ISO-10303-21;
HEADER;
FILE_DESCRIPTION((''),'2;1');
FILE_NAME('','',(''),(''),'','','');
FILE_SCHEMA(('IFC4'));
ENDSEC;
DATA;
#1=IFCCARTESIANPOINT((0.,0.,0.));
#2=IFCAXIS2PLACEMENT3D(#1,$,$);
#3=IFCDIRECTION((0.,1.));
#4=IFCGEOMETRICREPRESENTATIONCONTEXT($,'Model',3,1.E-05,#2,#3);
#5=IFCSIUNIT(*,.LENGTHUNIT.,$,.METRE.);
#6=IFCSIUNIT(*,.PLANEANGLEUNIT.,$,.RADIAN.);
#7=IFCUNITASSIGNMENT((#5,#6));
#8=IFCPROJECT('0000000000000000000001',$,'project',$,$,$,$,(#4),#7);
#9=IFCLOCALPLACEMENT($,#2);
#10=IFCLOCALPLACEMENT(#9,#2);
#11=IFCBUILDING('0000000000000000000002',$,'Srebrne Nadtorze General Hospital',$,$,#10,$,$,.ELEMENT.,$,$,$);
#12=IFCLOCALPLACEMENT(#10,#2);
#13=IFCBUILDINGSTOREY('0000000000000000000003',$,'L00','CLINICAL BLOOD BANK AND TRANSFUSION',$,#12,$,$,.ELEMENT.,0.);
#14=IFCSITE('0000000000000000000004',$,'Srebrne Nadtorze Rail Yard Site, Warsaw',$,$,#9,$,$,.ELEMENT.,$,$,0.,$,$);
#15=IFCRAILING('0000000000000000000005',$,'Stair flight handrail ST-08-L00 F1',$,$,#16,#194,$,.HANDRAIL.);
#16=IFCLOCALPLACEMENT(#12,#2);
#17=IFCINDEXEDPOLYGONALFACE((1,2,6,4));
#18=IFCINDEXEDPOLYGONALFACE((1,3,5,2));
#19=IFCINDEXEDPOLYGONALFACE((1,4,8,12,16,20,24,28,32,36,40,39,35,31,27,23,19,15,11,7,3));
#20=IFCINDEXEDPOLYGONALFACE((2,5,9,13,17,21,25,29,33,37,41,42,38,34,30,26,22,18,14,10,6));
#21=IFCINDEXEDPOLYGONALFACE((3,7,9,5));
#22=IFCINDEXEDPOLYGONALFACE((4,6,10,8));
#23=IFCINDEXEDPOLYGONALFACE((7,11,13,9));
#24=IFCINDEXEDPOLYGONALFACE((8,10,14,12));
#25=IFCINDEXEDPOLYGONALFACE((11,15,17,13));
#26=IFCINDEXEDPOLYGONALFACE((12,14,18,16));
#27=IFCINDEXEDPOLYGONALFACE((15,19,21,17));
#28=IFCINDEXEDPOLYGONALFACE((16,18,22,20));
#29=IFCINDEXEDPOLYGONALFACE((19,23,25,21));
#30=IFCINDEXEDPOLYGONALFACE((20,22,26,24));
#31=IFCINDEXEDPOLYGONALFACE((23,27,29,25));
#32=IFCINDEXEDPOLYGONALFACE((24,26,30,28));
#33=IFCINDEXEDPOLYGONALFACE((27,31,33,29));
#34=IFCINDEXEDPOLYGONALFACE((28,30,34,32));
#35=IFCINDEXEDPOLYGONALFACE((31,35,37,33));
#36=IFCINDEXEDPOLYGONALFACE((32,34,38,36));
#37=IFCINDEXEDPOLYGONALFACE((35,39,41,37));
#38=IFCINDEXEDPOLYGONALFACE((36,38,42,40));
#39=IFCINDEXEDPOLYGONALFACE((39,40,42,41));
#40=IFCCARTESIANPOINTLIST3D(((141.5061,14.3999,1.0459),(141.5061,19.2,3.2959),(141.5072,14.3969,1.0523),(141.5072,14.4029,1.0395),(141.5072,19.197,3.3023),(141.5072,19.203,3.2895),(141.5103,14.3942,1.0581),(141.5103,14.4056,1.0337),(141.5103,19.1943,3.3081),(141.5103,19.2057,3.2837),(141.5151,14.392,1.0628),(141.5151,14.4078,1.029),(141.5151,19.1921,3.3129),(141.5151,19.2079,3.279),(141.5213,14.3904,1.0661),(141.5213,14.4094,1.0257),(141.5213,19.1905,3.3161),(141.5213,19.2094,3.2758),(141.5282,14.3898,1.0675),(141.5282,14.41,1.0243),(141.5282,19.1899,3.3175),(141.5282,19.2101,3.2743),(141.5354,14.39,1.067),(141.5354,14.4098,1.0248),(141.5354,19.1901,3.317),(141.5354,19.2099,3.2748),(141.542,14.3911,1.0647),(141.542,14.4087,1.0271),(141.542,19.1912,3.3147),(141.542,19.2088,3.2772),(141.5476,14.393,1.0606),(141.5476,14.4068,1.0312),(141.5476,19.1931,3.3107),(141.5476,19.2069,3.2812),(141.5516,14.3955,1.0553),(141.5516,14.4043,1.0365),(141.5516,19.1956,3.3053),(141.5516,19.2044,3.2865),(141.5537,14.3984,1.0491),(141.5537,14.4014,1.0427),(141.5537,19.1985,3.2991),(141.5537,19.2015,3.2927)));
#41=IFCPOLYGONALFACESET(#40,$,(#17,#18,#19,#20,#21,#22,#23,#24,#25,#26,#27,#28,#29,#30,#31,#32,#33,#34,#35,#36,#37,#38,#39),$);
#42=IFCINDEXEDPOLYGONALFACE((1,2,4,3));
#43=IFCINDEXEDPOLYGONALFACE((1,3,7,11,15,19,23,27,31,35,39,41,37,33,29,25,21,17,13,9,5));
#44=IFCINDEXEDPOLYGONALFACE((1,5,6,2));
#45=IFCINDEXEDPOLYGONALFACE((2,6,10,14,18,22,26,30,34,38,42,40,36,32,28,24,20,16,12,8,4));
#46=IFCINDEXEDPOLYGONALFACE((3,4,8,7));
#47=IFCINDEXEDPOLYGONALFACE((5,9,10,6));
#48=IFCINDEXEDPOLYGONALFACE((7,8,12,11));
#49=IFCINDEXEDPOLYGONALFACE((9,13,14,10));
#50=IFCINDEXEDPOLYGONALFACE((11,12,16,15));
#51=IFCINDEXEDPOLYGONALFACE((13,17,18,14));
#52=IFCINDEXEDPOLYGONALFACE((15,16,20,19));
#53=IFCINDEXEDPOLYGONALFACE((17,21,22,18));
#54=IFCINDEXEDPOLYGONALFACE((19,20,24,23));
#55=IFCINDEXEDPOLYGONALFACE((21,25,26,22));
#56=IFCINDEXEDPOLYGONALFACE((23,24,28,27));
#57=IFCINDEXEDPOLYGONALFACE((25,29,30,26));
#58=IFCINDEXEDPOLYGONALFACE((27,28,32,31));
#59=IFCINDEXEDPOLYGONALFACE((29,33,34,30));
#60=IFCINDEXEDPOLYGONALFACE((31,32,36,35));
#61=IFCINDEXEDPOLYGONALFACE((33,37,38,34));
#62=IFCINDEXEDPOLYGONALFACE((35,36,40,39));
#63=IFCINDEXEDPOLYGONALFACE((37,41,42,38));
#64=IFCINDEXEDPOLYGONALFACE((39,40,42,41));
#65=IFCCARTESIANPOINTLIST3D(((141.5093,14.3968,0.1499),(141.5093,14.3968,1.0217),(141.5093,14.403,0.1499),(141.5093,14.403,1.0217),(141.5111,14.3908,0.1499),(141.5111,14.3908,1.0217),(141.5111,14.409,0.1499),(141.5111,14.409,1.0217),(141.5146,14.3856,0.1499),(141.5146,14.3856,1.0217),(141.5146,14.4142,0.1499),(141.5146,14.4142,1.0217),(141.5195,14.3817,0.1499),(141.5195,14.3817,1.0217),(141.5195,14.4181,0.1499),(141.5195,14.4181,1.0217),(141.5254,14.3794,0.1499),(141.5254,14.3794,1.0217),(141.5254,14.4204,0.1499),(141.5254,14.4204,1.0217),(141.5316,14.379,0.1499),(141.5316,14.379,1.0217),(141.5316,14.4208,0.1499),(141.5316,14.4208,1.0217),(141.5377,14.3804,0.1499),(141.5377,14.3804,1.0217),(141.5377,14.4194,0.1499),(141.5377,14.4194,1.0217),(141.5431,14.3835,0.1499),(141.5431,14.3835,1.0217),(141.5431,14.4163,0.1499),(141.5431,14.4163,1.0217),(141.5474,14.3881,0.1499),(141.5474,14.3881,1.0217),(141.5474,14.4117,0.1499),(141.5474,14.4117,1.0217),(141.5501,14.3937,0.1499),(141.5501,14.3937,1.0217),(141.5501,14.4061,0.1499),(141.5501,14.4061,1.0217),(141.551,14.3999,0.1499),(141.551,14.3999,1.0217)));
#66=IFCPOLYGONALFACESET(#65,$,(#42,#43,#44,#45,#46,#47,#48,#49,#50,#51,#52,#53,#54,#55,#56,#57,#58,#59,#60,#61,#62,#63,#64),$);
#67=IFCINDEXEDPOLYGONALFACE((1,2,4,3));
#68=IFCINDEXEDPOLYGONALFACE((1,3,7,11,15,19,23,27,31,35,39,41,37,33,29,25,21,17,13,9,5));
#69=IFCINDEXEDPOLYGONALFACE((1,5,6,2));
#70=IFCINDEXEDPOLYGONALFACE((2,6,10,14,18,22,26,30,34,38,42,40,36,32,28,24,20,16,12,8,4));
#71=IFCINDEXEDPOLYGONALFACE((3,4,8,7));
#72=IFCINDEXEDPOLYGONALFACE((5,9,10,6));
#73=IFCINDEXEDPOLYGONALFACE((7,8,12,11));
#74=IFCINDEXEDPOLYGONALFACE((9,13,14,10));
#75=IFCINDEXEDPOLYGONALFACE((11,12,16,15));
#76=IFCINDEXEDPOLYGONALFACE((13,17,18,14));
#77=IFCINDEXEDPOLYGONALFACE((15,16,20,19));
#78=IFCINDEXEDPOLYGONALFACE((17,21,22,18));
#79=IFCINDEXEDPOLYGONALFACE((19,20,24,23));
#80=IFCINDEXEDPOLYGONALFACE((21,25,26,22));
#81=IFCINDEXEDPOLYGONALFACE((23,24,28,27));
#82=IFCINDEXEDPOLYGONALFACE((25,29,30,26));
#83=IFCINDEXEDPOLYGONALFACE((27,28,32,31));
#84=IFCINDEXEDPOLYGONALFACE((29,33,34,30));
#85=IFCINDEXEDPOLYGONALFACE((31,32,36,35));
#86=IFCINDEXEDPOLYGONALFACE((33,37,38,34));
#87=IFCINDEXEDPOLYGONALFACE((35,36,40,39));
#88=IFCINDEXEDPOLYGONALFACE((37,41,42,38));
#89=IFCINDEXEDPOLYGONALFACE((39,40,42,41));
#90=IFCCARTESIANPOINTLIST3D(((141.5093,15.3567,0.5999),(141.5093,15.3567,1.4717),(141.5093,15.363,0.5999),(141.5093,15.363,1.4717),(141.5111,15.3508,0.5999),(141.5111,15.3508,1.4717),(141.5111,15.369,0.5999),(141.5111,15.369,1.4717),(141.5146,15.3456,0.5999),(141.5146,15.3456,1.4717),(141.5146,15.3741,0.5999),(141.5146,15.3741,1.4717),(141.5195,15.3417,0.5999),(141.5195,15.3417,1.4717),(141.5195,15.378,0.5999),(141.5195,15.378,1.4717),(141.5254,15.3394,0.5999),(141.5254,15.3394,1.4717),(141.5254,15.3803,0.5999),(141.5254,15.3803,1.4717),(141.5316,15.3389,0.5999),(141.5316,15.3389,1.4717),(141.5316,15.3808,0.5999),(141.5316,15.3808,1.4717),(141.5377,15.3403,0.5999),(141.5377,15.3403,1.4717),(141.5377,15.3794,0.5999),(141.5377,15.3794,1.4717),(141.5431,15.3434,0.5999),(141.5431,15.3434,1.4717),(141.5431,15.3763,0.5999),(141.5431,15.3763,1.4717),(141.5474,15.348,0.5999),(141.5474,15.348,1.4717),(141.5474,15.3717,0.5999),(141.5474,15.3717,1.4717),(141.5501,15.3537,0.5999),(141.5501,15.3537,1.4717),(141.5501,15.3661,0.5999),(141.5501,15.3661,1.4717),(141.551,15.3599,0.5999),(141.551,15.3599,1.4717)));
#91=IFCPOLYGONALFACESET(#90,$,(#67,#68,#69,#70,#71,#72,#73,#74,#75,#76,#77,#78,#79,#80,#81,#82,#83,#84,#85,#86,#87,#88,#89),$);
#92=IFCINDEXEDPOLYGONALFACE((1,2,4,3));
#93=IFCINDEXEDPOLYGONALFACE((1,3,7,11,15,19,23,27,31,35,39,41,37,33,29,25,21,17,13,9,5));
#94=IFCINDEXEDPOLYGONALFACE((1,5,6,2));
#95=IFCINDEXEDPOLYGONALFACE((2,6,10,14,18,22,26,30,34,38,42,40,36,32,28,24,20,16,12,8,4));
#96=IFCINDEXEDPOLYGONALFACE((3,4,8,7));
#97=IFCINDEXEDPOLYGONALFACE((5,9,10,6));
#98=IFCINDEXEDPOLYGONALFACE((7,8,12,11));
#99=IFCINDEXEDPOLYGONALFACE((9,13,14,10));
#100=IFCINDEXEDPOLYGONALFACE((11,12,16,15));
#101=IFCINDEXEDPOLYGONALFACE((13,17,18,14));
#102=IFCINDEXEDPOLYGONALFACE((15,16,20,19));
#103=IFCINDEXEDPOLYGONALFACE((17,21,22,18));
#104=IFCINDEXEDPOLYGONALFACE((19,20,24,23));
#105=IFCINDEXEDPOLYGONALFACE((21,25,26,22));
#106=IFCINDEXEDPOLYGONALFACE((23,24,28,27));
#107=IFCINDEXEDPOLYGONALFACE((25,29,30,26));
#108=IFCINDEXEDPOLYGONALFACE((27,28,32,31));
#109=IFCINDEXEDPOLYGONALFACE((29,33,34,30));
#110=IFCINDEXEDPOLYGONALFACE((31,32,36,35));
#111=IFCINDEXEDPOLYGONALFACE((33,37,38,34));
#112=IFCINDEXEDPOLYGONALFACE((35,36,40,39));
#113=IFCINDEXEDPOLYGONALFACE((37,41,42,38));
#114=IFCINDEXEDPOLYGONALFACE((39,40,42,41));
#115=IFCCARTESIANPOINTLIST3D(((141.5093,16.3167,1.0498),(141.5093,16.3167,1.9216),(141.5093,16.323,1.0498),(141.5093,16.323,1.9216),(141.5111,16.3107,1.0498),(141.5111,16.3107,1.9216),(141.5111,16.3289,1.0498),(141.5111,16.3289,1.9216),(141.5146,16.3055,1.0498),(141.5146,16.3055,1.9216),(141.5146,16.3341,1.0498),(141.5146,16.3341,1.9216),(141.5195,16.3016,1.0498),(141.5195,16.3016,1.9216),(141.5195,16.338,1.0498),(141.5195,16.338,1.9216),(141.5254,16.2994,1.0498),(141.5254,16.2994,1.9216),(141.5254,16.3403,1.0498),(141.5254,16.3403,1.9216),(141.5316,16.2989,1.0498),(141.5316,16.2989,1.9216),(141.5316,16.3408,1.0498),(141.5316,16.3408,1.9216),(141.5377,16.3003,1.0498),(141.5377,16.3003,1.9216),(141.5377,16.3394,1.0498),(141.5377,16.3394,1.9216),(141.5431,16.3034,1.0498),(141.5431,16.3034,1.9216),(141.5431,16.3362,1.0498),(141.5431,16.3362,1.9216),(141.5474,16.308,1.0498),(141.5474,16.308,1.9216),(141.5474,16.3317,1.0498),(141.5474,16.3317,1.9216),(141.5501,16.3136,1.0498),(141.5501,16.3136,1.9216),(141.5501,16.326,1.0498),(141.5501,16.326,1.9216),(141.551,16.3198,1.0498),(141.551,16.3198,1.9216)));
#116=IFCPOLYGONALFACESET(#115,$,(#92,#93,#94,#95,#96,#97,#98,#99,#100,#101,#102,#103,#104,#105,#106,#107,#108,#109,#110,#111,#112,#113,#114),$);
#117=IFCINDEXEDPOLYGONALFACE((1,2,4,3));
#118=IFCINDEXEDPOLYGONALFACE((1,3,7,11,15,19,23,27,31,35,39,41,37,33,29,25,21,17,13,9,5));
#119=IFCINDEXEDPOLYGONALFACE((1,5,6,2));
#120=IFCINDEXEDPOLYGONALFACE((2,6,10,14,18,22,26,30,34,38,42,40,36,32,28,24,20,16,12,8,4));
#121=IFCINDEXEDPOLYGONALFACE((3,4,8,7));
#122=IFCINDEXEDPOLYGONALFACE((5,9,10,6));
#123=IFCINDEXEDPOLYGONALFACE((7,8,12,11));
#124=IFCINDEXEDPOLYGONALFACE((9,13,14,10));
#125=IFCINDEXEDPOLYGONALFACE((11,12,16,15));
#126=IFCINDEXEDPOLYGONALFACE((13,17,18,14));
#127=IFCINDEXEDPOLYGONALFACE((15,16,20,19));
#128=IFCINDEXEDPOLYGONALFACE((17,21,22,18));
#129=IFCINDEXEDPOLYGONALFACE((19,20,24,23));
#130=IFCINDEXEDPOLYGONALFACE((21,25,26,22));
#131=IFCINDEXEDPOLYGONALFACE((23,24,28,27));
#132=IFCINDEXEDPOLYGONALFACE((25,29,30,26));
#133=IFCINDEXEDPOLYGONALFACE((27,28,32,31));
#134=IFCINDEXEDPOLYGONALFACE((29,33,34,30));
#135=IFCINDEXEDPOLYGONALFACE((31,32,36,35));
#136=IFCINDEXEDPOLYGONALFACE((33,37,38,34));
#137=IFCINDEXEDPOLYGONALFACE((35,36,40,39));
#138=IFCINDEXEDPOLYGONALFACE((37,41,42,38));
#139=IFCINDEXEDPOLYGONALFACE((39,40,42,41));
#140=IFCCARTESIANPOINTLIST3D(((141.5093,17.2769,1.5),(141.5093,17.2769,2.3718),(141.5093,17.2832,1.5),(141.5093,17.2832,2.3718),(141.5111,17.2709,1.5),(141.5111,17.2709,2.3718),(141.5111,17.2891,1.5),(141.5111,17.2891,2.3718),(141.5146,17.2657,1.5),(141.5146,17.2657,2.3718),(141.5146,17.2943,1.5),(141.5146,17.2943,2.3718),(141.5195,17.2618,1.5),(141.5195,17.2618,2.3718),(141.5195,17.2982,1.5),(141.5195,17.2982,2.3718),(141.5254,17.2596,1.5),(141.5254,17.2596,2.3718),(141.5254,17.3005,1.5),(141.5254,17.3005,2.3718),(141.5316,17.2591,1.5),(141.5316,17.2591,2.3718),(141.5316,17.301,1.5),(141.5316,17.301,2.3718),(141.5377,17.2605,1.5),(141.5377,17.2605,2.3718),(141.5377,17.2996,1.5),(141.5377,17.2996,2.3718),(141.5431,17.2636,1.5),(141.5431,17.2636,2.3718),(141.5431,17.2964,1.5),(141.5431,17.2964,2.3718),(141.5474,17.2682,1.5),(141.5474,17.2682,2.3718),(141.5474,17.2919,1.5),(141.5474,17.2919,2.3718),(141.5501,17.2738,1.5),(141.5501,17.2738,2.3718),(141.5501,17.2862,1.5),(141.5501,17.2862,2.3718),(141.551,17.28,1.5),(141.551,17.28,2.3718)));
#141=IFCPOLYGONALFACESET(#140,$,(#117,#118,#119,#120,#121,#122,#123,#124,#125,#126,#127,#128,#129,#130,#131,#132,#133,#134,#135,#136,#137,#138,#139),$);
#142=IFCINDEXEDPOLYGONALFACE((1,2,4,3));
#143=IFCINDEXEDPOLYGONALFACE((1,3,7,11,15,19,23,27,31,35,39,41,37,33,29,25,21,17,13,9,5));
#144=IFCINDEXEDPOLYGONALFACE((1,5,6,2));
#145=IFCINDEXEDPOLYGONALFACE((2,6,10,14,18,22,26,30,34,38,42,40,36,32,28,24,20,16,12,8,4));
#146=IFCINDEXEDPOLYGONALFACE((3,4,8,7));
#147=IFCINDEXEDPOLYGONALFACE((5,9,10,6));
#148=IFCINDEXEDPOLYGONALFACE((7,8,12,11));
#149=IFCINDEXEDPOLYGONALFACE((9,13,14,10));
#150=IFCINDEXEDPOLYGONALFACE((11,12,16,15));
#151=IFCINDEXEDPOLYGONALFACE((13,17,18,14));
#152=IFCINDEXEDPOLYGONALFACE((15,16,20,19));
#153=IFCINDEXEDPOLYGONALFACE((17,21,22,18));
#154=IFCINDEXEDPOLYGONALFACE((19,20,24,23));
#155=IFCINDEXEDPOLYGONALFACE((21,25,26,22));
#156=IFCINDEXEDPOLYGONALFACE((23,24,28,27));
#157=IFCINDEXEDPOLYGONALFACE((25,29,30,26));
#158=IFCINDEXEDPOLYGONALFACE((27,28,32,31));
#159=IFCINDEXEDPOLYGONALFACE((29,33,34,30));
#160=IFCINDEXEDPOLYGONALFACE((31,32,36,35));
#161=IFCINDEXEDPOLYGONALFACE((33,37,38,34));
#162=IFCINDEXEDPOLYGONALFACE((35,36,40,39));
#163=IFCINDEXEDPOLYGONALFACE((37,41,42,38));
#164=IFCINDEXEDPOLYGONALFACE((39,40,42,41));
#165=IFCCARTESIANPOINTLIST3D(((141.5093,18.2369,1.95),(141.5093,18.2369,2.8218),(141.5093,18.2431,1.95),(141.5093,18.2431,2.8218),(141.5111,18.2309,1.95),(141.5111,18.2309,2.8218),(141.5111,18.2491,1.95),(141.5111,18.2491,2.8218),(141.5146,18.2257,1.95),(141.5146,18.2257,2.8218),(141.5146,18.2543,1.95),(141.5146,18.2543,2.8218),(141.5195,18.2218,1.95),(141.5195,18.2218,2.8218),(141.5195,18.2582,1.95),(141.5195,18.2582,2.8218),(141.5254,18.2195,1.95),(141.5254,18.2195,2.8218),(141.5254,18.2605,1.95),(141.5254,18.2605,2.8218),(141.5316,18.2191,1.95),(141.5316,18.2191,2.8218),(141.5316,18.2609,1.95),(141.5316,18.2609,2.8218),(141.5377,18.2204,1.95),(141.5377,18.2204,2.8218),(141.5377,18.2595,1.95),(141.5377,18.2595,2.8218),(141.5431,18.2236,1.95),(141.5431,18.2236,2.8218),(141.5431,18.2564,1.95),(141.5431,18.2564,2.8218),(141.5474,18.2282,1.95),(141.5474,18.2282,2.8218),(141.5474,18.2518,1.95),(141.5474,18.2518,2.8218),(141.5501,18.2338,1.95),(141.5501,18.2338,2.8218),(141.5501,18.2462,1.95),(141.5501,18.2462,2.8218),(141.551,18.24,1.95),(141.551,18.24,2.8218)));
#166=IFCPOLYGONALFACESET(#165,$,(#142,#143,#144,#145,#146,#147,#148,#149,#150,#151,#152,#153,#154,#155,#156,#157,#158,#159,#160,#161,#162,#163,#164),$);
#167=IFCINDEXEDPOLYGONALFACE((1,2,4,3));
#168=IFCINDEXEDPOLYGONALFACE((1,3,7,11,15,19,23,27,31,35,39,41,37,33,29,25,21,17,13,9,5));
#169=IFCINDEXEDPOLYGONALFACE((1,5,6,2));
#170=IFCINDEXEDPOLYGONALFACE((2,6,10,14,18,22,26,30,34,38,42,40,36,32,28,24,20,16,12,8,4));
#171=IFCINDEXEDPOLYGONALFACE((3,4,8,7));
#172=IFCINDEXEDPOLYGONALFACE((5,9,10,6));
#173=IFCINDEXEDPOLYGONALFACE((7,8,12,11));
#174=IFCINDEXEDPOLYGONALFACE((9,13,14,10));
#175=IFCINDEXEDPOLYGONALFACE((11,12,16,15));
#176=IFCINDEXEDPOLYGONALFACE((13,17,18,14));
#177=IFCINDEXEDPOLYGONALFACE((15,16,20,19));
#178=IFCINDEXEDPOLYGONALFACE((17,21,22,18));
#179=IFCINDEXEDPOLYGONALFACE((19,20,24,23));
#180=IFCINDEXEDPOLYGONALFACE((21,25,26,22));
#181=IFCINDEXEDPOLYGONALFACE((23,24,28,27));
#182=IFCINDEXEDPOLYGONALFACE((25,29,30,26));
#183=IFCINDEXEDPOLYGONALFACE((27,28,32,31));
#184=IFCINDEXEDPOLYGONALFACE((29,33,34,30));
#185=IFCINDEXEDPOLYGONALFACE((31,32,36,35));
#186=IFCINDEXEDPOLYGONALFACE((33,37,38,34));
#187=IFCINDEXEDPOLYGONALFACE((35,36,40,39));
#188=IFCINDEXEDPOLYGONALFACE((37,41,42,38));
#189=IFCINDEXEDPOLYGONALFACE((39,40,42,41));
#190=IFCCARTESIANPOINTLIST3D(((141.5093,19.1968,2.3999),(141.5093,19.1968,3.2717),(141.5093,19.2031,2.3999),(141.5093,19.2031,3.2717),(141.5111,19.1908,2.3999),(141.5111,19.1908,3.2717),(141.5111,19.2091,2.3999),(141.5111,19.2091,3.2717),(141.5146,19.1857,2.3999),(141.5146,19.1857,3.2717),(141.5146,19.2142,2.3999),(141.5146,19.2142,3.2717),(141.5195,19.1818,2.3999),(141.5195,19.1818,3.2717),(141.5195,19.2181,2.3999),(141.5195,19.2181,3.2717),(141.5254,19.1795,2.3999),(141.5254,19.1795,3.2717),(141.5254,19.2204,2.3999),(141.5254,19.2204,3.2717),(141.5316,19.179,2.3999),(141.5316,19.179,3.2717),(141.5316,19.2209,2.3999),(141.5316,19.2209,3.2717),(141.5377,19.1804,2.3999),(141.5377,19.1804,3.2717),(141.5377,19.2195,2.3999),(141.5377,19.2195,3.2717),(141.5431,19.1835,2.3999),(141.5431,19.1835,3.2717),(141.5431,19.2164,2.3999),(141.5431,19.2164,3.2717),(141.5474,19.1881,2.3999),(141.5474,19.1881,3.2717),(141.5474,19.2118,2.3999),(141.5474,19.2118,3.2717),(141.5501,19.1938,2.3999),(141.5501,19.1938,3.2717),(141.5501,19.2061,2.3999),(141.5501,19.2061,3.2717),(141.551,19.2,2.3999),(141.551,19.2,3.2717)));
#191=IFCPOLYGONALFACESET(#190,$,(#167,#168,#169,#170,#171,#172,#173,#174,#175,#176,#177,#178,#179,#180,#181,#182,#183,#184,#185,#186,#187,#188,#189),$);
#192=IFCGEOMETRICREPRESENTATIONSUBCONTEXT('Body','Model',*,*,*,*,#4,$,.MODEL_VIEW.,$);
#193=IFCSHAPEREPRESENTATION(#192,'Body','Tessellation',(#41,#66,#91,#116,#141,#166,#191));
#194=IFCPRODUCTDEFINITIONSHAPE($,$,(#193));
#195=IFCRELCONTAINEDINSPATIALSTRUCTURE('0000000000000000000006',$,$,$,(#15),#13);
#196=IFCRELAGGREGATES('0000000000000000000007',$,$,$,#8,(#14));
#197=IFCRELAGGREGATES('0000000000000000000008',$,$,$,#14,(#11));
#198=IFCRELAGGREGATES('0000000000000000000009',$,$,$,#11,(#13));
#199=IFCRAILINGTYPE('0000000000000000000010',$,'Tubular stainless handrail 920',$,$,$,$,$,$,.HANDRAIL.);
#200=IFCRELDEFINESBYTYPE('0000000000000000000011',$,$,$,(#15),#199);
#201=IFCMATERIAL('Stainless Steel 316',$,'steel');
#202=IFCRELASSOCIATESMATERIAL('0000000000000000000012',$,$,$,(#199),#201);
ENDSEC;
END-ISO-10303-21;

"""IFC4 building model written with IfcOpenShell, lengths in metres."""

from ifc_helpers import new_model, si_unit, direction, frame, origin, origin_2d, place, context, subcontext, project, spatial, circle, extrude, material, type_object, element, save


model = new_model("IFC4")

# Units and contexts
model_context = context("Model", 3, precision=1e-05, world=origin(), true_north=direction((0.0, 1.0)))
body_context = subcontext(model_context, "Body", "Model", "MODEL_VIEW")
ifc_project = project(units=[si_unit("LENGTHUNIT", "METRE"), si_unit("PLANEANGLEUNIT", "RADIAN")], contexts=[model_context])

# Site, building, storey
site_placement = place(None, origin())
site = spatial("IfcSite", under=ifc_project, at=site_placement, Name="Srebrne Nadtorze Rail Yard Site, Warsaw", CompositionType="ELEMENT", RefElevation=0.0)
building_placement = place(site_placement, origin())
building = spatial("IfcBuilding", under=site, at=building_placement, Name="Srebrne Nadtorze General Hospital", CompositionType="ELEMENT")
storey_placement = place(building_placement, origin())
storey = spatial("IfcBuildingStorey", under=building, at=storey_placement, Name="L00", Description="CLINICAL BLOOD BANK AND TRANSFUSION", CompositionType="ELEMENT", Elevation=0.0)

# Railing
ifc_material_1 = material(Name="Stainless Steel 316", Category="steel")
railing_type = type_object("IfcRailingType", Name="Tubular stainless handrail 920", PredefinedType="HANDRAIL", material=ifc_material_1)
railing_placement = place(storey_placement, frame((141.53, 14.3999, 0.1499)))
element("IfcRailing", 1, at=railing_placement, inside=storey, type_object=railing_type, Name="Stair flight handrail ST-08-L00 F1", PredefinedType="HANDRAIL", context=body_context, shape_type="SweptSolid", body=[
    extrude(circle(Radius=0.0239, at=origin_2d()), frame((0.0, 0.0, 0.896), z_axis=(0.0, 0.905461, 0.42443), x_axis=(-1.0, 0.0, 0.0)), (0.0, 0.0, 1.0), 5.3013),
    extrude(circle(Radius=0.021, at=origin_2d()), origin(), (0.0, 0.0, 1.0), 0.8718),
    extrude(circle(Radius=0.021, at=origin_2d()), frame((0.0, 0.96, 0.45)), (0.0, 0.0, 1.0), 0.8718),
    extrude(circle(Radius=0.021, at=origin_2d()), frame((0.0, 1.9199, 0.8999)), (0.0, 0.0, 1.0), 0.8718),
    extrude(circle(Radius=0.021, at=origin_2d()), frame((0.0, 2.8801, 1.3501)), (0.0, 0.0, 1.0), 0.8718),
    extrude(circle(Radius=0.021, at=origin_2d()), frame((0.0, 3.8401, 1.8)), (0.0, 0.0, 1.0), 0.8718),
    extrude(circle(Radius=0.021, at=origin_2d()), frame((0.0, 4.8, 2.25)), (0.0, 0.0, 1.0), 0.8718),
])

save(model, "model.ifc")
